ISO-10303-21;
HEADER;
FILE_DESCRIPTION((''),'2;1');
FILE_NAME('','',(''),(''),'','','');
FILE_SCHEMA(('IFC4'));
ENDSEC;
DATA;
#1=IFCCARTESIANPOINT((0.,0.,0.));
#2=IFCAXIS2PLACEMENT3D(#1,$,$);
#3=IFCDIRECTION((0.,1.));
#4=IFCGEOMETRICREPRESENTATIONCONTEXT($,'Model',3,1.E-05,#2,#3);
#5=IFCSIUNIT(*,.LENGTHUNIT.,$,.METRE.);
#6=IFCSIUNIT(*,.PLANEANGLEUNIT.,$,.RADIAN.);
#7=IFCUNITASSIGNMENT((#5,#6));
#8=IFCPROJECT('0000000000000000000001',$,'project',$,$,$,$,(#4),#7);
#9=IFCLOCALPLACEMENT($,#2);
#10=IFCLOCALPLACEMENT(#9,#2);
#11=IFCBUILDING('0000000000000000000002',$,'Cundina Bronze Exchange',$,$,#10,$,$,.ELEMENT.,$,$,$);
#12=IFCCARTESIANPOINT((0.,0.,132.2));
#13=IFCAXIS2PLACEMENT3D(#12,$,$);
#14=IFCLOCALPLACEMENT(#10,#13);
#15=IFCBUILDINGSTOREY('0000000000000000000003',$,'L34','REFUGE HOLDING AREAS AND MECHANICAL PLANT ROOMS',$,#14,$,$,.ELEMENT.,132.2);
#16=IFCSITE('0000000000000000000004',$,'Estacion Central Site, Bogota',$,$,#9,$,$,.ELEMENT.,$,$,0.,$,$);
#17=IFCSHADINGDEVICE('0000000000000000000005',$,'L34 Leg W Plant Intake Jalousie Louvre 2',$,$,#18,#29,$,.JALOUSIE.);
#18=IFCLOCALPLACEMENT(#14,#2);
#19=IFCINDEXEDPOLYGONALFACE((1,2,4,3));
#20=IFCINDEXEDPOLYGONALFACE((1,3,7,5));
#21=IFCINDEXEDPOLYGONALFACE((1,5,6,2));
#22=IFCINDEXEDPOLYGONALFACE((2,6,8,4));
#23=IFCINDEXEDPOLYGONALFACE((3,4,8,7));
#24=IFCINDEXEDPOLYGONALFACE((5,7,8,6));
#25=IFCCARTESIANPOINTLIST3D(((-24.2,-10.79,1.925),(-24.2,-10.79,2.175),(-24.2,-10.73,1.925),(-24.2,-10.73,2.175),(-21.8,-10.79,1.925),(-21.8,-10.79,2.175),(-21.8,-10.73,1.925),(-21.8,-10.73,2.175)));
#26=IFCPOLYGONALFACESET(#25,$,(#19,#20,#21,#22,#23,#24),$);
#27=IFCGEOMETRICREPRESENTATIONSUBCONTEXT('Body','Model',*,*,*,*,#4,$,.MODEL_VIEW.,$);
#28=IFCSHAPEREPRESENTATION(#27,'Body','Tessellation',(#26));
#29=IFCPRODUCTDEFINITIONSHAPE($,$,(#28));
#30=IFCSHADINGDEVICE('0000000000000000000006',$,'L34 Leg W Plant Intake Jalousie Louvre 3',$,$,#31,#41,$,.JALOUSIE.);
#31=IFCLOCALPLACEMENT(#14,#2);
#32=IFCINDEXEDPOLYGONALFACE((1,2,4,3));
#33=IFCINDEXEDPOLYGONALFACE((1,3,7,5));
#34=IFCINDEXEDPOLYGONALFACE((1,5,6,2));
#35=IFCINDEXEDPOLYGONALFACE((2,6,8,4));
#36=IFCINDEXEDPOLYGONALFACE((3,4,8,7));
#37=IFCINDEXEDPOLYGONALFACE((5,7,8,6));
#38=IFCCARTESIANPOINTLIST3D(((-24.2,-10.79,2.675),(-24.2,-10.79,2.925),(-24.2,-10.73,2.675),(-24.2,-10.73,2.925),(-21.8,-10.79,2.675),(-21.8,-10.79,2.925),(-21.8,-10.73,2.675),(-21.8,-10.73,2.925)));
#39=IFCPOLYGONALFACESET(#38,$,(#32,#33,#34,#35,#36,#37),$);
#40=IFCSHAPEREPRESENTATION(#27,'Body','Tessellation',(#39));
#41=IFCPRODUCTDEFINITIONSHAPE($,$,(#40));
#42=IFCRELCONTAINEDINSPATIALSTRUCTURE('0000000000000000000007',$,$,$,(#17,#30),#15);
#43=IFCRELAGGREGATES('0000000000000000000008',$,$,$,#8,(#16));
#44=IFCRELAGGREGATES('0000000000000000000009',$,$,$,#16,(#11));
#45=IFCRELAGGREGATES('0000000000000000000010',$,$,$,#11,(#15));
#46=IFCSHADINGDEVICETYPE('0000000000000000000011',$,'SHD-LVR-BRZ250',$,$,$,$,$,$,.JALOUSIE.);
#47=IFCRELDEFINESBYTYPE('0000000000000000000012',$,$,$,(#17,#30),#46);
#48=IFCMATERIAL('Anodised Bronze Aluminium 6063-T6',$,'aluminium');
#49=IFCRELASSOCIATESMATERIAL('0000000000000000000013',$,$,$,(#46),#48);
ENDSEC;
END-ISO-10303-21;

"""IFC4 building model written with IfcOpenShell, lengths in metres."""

from ifc_helpers import new_model, si_unit, direction, frame, origin, origin_2d, place, context, subcontext, project, spatial, rectangle, extrude, material, material_profile, profile_set, type_object, element, save


model = new_model("IFC4")

# Units and contexts
model_context = context("Model", 3, precision=1e-05, world=origin(), true_north=direction((0.0, 1.0)))
body_context = subcontext(model_context, "Body", "Model", "MODEL_VIEW")
ifc_project = project(units=[si_unit("LENGTHUNIT", "METRE"), si_unit("PLANEANGLEUNIT", "RADIAN")], contexts=[model_context])

# Site, building, storey
site_placement = place(None, origin())
site = spatial("IfcSite", under=ifc_project, at=site_placement, Name="Estacion Central Site, Bogota", CompositionType="ELEMENT", RefElevation=0.0)
building_placement = place(site_placement, origin())
building = spatial("IfcBuilding", under=site, at=building_placement, Name="Cundina Bronze Exchange", CompositionType="ELEMENT")
storey_placement = place(building_placement, frame((0.0, 0.0, 132.2)))
storey = spatial("IfcBuildingStorey", under=building, at=storey_placement, Name="L34", Description="REFUGE HOLDING AREAS AND MECHANICAL PLANT ROOMS", CompositionType="ELEMENT", Elevation=132.2)

# Shared definitions
ifc_material_1 = material(Name="Anodised Bronze Aluminium 6063-T6", Category="aluminium")

# Shading devices
ifc_material_profile_1 = material_profile(ifc_material_1, rectangle(XDim=0.0601, YDim=0.25, at=origin_2d()), Name="LVR60X250", Category="aluminium")
ifc_profile_set_1 = profile_set([ifc_material_profile_1], Name="Anodised Bronze Aluminium 6063-T6")
shading_device_type = type_object("IfcShadingDeviceType", Name="SHD-LVR-BRZ250", PredefinedType="JALOUSIE", material=ifc_profile_set_1)
for number, where, z_axis, x_axis, name in (
    (1, (-24.2, -10.76, 2.05), (1.0, 0.0, 0.0), (0.0, 1.0, 0.0), "L34 Leg W Plant Intake Jalousie Louvre 2"),
    (2, (-24.2, -10.76, 2.8), (1.0, 0.0, 0.0), (0.0, 1.0, 0.0), "L34 Leg W Plant Intake Jalousie Louvre 3"),
):
    element("IfcShadingDevice", number, at=place(storey_placement, frame(where, z_axis=z_axis, x_axis=x_axis)), inside=storey, type_object=shading_device_type, Name=name, PredefinedType="JALOUSIE", context=body_context, shape_type="SweptSolid", body=[
        extrude(rectangle(XDim=0.0601, YDim=0.25, at=origin_2d()), origin(), (0.0, 0.0, 1.0), 2.3999),
    ])

save(model, "model.ifc")
